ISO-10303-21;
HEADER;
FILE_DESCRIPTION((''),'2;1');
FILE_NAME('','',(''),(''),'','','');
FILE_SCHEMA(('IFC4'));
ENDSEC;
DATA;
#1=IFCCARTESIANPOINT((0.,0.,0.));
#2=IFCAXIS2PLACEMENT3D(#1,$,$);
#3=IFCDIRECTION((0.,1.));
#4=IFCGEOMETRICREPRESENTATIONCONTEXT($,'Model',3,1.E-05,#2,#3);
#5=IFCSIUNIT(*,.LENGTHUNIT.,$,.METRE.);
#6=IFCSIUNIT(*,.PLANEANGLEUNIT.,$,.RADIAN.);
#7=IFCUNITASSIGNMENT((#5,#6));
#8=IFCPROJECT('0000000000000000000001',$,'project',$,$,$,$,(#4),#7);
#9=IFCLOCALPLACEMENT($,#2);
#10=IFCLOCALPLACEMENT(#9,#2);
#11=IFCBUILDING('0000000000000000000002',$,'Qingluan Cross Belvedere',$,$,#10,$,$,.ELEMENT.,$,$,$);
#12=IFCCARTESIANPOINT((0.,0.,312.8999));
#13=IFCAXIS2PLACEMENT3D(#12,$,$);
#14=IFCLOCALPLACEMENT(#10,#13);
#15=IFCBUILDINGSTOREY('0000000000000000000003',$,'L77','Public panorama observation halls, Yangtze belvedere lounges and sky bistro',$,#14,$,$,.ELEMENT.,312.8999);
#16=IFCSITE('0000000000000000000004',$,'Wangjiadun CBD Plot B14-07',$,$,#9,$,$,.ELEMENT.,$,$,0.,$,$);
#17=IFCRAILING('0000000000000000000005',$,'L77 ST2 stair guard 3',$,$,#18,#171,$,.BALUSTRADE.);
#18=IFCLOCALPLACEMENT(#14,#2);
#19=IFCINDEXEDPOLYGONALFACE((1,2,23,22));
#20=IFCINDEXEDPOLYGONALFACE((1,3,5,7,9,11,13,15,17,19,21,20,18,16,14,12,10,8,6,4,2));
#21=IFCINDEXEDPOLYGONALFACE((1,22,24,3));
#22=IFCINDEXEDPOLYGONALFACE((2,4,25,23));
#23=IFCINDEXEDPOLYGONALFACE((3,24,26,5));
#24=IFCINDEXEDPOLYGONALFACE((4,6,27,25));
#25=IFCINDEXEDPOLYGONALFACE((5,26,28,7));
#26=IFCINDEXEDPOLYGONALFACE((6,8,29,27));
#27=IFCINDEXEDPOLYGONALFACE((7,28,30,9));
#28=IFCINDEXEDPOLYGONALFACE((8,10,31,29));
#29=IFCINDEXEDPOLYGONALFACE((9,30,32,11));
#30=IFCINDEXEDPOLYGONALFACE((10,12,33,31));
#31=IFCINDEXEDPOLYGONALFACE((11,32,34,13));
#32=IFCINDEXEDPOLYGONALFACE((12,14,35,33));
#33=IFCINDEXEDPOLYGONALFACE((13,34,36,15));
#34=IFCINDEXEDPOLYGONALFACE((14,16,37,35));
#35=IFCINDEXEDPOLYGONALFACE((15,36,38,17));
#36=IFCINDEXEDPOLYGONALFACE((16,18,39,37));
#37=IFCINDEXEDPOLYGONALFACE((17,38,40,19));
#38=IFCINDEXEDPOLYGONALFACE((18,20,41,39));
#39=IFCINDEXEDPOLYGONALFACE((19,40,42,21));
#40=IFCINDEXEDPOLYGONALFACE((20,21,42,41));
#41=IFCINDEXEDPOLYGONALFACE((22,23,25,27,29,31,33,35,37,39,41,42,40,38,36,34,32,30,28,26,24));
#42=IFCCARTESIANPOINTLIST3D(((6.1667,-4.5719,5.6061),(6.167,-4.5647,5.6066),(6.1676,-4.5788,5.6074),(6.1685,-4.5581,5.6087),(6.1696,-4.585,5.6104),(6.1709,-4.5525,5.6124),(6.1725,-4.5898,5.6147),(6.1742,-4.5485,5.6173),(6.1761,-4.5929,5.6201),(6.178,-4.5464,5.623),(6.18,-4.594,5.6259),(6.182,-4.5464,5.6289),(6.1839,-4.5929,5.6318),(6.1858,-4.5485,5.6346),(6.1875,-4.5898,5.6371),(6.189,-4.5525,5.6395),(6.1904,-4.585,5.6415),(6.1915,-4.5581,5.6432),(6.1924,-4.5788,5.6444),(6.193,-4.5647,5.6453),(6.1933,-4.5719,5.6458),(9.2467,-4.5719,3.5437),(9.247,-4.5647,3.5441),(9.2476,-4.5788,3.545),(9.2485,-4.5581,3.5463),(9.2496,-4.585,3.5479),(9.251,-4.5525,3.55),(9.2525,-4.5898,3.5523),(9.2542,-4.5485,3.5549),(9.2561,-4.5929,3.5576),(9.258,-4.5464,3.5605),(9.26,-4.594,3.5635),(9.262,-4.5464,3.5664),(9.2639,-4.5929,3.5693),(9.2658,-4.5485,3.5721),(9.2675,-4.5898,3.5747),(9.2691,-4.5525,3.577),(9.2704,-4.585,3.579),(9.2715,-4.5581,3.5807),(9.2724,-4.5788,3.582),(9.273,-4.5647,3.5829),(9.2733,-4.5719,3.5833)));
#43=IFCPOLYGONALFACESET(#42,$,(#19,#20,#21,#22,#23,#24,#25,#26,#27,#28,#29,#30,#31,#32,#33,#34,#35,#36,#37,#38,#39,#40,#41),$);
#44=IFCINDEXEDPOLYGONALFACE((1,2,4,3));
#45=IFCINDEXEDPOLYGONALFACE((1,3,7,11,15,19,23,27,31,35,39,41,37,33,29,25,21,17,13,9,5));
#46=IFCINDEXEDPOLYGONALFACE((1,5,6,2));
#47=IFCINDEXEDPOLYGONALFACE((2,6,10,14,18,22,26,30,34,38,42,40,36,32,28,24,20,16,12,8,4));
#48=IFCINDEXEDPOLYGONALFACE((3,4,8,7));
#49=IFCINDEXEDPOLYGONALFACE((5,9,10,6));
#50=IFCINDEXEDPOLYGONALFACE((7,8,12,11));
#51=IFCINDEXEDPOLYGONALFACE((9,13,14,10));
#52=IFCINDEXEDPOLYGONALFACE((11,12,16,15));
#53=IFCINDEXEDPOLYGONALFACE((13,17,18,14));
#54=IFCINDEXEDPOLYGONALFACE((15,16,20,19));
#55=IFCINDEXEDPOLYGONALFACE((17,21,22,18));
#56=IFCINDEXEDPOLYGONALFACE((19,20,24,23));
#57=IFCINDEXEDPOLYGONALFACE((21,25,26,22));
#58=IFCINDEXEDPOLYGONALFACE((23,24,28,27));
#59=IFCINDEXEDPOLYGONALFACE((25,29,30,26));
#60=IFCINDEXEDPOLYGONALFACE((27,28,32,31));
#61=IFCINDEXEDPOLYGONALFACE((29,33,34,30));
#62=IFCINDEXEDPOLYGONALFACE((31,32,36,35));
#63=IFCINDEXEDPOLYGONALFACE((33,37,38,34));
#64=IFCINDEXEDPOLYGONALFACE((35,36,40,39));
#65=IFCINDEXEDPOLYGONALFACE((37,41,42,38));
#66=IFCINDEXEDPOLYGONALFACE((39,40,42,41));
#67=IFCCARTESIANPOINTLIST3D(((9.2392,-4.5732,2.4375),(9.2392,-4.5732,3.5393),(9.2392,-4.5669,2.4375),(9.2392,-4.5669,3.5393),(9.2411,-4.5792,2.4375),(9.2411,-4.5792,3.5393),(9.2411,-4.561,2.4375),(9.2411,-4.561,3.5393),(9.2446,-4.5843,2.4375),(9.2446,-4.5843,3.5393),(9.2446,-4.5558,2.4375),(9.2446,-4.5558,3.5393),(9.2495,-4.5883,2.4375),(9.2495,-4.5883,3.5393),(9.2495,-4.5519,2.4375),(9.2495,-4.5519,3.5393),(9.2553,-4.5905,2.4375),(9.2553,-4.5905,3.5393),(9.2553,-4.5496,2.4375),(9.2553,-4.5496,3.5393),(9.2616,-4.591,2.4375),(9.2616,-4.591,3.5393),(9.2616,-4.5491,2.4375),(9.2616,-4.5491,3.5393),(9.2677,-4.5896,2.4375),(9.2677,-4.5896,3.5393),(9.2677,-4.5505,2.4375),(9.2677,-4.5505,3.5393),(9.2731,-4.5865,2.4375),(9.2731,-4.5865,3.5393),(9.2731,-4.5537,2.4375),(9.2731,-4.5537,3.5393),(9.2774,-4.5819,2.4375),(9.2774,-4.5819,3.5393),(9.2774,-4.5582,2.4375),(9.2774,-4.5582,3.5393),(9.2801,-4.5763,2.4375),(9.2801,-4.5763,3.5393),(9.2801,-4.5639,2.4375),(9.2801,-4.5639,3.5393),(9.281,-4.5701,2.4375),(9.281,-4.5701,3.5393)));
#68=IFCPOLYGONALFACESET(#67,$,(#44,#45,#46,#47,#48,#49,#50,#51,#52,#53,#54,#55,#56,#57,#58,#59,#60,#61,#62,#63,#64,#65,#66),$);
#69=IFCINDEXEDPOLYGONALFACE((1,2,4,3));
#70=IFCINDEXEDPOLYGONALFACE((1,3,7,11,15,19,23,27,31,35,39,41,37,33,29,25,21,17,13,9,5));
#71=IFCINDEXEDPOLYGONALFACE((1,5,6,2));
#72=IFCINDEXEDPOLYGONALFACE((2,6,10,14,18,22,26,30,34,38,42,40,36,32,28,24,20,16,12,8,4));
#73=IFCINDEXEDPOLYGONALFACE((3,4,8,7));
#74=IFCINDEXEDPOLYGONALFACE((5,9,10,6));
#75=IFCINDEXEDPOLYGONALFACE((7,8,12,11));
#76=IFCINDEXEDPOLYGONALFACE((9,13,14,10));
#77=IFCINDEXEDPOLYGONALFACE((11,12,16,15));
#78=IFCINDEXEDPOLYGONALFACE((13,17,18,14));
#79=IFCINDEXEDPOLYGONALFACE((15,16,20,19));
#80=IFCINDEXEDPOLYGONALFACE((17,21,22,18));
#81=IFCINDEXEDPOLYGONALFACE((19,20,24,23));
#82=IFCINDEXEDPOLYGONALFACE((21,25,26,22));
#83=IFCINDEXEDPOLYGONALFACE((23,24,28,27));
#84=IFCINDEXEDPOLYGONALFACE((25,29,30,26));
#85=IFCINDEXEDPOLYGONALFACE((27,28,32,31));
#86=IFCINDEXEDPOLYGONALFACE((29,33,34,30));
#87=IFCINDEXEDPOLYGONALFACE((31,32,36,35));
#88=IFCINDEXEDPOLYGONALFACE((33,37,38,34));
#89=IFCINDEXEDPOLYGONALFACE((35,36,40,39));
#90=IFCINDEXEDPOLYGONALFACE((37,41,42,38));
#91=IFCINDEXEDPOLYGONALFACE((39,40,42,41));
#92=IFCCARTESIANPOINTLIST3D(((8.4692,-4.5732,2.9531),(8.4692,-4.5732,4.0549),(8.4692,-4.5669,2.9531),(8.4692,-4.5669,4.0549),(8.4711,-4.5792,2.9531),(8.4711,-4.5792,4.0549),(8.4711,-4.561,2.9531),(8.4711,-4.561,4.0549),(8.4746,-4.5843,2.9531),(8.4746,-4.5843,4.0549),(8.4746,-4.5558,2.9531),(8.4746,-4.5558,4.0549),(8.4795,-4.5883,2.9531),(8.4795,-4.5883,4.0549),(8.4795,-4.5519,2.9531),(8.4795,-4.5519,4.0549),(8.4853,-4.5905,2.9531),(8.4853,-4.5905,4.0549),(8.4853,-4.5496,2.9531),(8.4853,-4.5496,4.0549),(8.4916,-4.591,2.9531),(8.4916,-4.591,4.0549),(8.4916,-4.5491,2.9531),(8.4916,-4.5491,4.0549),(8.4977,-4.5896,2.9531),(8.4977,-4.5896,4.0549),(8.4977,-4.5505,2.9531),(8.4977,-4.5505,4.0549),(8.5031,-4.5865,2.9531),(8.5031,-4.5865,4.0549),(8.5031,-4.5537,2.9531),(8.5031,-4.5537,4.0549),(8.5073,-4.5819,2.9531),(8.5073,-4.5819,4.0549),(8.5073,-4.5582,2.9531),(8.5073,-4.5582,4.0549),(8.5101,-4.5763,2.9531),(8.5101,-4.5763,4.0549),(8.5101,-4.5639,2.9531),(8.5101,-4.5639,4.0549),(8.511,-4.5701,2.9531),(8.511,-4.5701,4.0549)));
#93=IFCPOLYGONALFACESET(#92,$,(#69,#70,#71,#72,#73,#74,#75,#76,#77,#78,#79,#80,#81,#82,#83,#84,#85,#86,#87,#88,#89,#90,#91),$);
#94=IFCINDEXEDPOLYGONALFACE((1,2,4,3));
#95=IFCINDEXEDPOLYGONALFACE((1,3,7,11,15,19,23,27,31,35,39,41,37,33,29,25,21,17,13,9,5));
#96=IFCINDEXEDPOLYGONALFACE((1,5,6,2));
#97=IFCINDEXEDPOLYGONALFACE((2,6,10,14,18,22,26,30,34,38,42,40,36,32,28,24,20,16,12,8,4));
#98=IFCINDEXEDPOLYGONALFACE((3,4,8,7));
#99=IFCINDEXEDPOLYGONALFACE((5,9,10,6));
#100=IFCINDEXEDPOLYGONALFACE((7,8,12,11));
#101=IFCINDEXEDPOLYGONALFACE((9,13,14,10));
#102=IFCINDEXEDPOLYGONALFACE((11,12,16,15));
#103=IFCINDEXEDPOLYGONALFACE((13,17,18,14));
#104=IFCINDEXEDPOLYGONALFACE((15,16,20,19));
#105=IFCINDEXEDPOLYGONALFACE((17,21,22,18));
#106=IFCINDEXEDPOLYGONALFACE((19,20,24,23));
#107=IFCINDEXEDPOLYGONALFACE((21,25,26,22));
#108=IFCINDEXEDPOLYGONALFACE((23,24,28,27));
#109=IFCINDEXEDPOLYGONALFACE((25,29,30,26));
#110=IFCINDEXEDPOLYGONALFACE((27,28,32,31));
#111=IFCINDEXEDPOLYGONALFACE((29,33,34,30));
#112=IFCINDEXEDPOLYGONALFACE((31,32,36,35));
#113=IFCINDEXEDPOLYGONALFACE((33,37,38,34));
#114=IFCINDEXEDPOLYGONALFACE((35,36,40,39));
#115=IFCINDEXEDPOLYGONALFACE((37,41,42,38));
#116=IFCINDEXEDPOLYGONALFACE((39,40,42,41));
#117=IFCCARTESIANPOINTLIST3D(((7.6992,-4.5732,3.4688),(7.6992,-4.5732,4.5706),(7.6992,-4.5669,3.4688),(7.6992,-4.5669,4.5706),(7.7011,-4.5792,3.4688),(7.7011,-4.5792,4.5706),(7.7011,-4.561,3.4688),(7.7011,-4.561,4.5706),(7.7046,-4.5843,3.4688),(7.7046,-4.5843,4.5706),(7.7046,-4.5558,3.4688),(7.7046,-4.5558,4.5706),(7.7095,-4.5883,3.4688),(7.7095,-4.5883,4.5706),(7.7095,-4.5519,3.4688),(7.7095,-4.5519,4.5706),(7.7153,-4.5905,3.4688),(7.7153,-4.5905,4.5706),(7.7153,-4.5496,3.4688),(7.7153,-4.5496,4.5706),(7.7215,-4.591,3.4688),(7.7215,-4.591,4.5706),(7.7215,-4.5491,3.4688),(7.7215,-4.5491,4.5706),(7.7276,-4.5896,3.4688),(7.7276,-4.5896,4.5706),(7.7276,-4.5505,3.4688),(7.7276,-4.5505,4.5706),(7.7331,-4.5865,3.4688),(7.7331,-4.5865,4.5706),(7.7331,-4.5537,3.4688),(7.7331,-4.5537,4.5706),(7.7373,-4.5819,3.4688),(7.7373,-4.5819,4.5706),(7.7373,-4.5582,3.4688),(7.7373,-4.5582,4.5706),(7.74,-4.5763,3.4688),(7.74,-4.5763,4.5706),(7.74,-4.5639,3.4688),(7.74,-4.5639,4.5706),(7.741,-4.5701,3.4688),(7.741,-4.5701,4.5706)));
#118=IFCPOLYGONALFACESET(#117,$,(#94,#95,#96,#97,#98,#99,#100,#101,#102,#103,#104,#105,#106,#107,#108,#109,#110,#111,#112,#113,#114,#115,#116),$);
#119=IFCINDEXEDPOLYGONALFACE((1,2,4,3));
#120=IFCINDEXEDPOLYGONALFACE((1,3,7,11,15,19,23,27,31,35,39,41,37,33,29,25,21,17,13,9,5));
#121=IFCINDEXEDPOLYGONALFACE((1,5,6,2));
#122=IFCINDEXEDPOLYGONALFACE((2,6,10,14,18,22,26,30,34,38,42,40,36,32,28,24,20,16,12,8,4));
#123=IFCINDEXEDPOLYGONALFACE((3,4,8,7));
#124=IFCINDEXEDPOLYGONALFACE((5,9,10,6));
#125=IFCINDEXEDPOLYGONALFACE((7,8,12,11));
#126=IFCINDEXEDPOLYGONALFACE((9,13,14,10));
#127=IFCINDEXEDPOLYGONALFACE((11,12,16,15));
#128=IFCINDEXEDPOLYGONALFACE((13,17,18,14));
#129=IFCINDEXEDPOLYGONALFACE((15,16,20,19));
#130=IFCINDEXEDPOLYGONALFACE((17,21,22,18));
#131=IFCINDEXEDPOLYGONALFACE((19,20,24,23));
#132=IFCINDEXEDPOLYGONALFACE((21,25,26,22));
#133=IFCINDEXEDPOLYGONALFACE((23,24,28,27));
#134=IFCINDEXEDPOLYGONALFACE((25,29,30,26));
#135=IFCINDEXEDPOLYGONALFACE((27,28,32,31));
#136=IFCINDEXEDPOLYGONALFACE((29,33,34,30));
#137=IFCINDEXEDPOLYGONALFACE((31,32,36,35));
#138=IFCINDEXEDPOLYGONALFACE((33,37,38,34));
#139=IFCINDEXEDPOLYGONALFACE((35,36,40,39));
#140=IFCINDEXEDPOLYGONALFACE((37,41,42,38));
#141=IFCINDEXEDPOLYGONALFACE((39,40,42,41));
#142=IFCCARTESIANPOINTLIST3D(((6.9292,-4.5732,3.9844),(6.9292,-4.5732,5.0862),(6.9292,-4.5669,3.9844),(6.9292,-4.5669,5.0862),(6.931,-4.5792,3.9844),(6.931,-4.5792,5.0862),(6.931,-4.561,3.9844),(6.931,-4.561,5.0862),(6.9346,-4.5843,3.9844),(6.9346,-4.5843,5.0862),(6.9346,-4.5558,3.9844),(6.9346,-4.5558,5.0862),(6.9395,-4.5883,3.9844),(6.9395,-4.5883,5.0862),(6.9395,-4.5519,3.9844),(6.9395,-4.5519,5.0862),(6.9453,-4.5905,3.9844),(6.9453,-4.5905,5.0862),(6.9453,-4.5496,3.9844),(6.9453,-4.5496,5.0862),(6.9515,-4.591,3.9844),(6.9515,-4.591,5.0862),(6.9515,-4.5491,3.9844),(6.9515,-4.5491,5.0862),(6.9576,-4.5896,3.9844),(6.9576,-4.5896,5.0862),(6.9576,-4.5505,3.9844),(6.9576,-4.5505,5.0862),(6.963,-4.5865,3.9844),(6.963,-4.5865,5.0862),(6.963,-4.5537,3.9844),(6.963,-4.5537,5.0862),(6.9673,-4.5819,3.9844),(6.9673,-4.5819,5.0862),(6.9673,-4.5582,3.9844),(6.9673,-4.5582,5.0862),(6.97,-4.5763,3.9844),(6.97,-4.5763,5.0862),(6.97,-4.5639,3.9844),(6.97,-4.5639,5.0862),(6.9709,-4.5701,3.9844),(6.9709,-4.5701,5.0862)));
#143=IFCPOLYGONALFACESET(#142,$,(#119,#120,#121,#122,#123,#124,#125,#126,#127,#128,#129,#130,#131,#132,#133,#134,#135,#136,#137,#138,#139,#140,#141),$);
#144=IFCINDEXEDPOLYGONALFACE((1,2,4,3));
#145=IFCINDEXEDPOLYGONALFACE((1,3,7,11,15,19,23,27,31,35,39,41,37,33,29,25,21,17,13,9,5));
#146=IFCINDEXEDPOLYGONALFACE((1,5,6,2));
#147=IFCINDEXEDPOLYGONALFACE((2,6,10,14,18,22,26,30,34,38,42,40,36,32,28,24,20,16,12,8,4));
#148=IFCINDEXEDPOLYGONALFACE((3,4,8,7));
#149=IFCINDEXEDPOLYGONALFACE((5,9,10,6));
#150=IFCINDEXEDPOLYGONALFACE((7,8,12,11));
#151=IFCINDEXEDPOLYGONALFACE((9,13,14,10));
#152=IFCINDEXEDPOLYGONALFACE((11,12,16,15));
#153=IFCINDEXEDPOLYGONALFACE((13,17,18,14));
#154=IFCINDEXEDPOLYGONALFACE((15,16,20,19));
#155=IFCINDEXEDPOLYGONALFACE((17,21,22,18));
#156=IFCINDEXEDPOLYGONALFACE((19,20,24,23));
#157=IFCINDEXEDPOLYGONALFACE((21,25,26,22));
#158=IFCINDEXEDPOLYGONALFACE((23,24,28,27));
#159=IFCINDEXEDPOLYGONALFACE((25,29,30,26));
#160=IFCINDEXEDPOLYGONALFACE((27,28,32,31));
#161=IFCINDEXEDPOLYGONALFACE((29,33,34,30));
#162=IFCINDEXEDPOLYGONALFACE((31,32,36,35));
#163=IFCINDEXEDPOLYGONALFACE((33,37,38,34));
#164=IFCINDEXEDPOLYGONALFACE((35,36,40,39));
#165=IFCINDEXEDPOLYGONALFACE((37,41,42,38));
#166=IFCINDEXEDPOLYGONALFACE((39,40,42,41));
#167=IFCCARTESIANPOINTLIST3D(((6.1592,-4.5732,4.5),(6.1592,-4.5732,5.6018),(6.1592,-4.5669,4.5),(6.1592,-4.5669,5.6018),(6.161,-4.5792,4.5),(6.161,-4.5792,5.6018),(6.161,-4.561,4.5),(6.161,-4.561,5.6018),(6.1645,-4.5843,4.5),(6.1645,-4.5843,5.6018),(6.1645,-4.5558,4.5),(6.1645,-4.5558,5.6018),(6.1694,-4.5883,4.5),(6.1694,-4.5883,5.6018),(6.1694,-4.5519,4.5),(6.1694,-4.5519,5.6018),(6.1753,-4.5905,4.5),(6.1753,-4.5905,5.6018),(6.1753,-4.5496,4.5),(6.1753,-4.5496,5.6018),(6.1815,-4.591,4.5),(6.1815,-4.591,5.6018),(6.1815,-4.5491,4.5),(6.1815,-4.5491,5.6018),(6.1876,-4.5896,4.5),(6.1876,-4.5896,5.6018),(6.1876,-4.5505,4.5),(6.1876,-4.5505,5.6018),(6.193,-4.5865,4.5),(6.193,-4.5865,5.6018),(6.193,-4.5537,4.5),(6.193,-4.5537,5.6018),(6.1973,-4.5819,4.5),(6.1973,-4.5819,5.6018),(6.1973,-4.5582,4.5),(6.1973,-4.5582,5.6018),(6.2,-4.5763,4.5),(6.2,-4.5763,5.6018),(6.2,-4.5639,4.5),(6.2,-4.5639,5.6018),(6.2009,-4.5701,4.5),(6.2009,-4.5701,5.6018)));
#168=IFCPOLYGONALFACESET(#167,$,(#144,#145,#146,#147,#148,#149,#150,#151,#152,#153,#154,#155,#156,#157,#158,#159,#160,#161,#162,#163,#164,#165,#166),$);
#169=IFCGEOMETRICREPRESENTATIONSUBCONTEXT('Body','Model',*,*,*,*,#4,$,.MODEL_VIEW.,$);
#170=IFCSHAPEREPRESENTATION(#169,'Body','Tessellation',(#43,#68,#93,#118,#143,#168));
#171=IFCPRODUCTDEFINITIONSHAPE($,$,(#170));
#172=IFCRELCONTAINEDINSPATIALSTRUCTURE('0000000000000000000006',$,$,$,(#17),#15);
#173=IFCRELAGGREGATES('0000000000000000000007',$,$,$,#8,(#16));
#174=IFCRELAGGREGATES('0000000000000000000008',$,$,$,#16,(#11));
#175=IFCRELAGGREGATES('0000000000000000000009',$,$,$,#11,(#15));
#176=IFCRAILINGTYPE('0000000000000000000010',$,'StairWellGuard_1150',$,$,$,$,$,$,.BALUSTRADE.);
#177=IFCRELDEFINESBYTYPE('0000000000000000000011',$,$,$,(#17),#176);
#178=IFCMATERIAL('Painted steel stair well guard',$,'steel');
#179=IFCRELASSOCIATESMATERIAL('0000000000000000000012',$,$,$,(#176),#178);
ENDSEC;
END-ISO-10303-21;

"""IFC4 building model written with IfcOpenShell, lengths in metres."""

from ifc_helpers import new_model, si_unit, direction, frame, origin, origin_2d, place, context, subcontext, project, spatial, circle, extrude, material, type_object, element, save


model = new_model("IFC4")

# Units and contexts
model_context = context("Model", 3, precision=1e-05, world=origin(), true_north=direction((0.0, 1.0)))
body_context = subcontext(model_context, "Body", "Model", "MODEL_VIEW")
ifc_project = project(units=[si_unit("LENGTHUNIT", "METRE"), si_unit("PLANEANGLEUNIT", "RADIAN")], contexts=[model_context])

# Site, building, storey
site_placement = place(None, origin())
site = spatial("IfcSite", under=ifc_project, at=site_placement, Name="Wangjiadun CBD Plot B14-07", CompositionType="ELEMENT", RefElevation=0.0)
building_placement = place(site_placement, origin())
building = spatial("IfcBuilding", under=site, at=building_placement, Name="Qingluan Cross Belvedere", CompositionType="ELEMENT")
storey_placement = place(building_placement, frame((0.0, 0.0, 312.8999)))
storey = spatial("IfcBuildingStorey", under=building, at=storey_placement, Name="L77", Description="Public panorama observation halls, Yangtze belvedere lounges and sky bistro", CompositionType="ELEMENT", Elevation=312.8999)

# Railing
ifc_material_1 = material(Name="Painted steel stair well guard", Category="steel")
railing_type_1 = type_object("IfcRailingType", Name="StairWellGuard_1150", PredefinedType="BALUSTRADE", material=ifc_material_1)
railing_1_placement = place(storey_placement, frame((9.26, -4.5701, 2.4375)))
element("IfcRailing", 1, at=railing_1_placement, inside=storey, type_object=railing_type_1, Name="L77 ST2 stair guard 3", PredefinedType="BALUSTRADE", context=body_context, shape_type="SweptSolid", body=[
    extrude(circle(Radius=0.0239, at=origin_2d()), frame((0.0, 0.0, 1.126), z_axis=(-0.830914, 0.0, 0.556401), x_axis=(0.0, -1.0, 0.0)), (0.0, 0.0, 1.0), 3.7068),
    extrude(circle(Radius=0.021, at=origin_2d()), origin(), (0.0, 0.0, 1.0), 1.1018),
    extrude(circle(Radius=0.021, at=origin_2d()), frame((-0.77, 0.0, 0.5156)), (0.0, 0.0, 1.0), 1.1018),
    extrude(circle(Radius=0.021, at=origin_2d()), frame((-1.54, 0.0, 1.0312)), (0.0, 0.0, 1.0), 1.1018),
    extrude(circle(Radius=0.021, at=origin_2d()), frame((-2.3101, 0.0, 1.5469)), (0.0, 0.0, 1.0), 1.1018),
    extrude(circle(Radius=0.021, at=origin_2d()), frame((-3.0801, 0.0, 2.0625)), (0.0, 0.0, 1.0), 1.1018),
])

save(model, "model.ifc")
